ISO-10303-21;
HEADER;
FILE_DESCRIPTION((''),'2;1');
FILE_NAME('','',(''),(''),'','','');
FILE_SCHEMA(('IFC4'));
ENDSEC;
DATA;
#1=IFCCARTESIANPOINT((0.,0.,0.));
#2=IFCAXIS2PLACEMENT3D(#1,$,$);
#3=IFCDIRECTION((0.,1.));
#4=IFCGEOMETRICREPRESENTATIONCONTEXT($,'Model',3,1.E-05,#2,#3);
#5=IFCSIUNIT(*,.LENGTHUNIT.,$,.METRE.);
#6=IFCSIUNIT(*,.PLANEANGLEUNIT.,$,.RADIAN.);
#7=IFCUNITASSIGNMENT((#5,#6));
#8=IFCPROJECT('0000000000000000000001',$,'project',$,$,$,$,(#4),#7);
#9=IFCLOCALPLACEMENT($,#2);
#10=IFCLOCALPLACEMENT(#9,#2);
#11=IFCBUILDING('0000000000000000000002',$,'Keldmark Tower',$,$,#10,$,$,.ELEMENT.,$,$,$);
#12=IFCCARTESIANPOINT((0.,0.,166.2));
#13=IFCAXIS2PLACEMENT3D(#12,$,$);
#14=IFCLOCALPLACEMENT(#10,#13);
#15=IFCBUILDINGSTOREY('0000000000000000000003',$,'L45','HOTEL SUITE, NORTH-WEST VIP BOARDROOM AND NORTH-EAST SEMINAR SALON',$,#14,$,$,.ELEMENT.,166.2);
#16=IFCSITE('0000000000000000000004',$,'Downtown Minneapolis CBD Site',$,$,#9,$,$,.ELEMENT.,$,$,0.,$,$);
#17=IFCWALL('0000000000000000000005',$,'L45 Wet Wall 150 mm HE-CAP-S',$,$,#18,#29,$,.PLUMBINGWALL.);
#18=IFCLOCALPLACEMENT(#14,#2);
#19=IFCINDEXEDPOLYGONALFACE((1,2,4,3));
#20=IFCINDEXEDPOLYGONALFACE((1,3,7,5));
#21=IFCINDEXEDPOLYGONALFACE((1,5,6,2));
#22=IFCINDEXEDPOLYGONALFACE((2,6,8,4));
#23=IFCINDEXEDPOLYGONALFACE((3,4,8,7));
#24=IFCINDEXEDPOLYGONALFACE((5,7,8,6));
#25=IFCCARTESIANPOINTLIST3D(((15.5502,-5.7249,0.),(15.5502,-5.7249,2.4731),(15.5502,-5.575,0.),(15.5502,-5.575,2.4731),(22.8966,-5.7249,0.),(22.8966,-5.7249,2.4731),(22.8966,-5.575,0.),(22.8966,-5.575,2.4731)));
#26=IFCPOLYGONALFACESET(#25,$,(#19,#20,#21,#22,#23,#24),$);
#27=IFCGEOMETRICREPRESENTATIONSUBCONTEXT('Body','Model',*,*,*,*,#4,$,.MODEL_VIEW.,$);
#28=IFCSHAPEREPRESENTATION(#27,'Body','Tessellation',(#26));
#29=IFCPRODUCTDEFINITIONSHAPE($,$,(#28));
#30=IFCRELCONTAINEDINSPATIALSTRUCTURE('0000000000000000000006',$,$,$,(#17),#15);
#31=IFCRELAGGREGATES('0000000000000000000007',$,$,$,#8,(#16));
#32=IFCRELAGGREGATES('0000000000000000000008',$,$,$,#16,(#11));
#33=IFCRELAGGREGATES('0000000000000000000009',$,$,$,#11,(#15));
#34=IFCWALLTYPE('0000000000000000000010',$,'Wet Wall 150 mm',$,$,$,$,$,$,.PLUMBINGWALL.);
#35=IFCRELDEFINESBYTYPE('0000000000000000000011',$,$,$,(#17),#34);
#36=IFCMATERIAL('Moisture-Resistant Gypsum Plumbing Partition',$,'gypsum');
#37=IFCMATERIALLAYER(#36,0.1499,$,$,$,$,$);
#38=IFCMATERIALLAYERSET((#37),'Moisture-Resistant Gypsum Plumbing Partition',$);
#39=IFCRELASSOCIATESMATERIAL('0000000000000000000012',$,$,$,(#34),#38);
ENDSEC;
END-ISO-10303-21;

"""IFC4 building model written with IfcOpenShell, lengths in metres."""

from ifc_helpers import new_model, si_unit, direction, frame, frame_2d, origin, place, context, subcontext, project, spatial, rectangle, extrude, material, layer, layer_set, type_object, element, save


model = new_model("IFC4")

# Units and contexts
model_context = context("Model", 3, precision=1e-05, world=origin(), true_north=direction((0.0, 1.0)))
body_context = subcontext(model_context, "Body", "Model", "MODEL_VIEW")
ifc_project = project(units=[si_unit("LENGTHUNIT", "METRE"), si_unit("PLANEANGLEUNIT", "RADIAN")], contexts=[model_context])

# Site, building, storey
site_placement = place(None, origin())
site = spatial("IfcSite", under=ifc_project, at=site_placement, Name="Downtown Minneapolis CBD Site", CompositionType="ELEMENT", RefElevation=0.0)
building_placement = place(site_placement, origin())
building = spatial("IfcBuilding", under=site, at=building_placement, Name="Keldmark Tower", CompositionType="ELEMENT")
storey_placement = place(building_placement, frame((0.0, 0.0, 166.2)))
storey = spatial("IfcBuildingStorey", under=building, at=storey_placement, Name="L45", Description="HOTEL SUITE, NORTH-WEST VIP BOARDROOM AND NORTH-EAST SEMINAR SALON", CompositionType="ELEMENT", Elevation=166.2)

# Wall
ifc_material_1 = material(Name="Moisture-Resistant Gypsum Plumbing Partition", Category="gypsum")
ifc_layer_1 = layer(ifc_material_1, 0.1499)
ifc_layer_set_1 = layer_set([ifc_layer_1], Name="Moisture-Resistant Gypsum Plumbing Partition")
wall_type_1 = type_object("IfcWallType", Name="Wet Wall 150 mm", PredefinedType="PLUMBINGWALL", material=ifc_layer_set_1)
wall_1_placement = place(storey_placement, frame((15.55, -5.6499, 0.0), z_axis=(0.0, 0.0, 1.0), x_axis=(1.0, 0.0, 0.0)))
element("IfcWall", 1, at=wall_1_placement, inside=storey, type_object=wall_type_1, Name="L45 Wet Wall 150 mm HE-CAP-S", PredefinedType="PLUMBINGWALL", context=body_context, shape_type="SweptSolid", body=[
    extrude(rectangle(XDim=7.3464, YDim=0.1499, at=frame_2d((3.6733, 0.0))), origin(), (0.0, 0.0, 1.0), 2.4731),
])

save(model, "model.ifc")
